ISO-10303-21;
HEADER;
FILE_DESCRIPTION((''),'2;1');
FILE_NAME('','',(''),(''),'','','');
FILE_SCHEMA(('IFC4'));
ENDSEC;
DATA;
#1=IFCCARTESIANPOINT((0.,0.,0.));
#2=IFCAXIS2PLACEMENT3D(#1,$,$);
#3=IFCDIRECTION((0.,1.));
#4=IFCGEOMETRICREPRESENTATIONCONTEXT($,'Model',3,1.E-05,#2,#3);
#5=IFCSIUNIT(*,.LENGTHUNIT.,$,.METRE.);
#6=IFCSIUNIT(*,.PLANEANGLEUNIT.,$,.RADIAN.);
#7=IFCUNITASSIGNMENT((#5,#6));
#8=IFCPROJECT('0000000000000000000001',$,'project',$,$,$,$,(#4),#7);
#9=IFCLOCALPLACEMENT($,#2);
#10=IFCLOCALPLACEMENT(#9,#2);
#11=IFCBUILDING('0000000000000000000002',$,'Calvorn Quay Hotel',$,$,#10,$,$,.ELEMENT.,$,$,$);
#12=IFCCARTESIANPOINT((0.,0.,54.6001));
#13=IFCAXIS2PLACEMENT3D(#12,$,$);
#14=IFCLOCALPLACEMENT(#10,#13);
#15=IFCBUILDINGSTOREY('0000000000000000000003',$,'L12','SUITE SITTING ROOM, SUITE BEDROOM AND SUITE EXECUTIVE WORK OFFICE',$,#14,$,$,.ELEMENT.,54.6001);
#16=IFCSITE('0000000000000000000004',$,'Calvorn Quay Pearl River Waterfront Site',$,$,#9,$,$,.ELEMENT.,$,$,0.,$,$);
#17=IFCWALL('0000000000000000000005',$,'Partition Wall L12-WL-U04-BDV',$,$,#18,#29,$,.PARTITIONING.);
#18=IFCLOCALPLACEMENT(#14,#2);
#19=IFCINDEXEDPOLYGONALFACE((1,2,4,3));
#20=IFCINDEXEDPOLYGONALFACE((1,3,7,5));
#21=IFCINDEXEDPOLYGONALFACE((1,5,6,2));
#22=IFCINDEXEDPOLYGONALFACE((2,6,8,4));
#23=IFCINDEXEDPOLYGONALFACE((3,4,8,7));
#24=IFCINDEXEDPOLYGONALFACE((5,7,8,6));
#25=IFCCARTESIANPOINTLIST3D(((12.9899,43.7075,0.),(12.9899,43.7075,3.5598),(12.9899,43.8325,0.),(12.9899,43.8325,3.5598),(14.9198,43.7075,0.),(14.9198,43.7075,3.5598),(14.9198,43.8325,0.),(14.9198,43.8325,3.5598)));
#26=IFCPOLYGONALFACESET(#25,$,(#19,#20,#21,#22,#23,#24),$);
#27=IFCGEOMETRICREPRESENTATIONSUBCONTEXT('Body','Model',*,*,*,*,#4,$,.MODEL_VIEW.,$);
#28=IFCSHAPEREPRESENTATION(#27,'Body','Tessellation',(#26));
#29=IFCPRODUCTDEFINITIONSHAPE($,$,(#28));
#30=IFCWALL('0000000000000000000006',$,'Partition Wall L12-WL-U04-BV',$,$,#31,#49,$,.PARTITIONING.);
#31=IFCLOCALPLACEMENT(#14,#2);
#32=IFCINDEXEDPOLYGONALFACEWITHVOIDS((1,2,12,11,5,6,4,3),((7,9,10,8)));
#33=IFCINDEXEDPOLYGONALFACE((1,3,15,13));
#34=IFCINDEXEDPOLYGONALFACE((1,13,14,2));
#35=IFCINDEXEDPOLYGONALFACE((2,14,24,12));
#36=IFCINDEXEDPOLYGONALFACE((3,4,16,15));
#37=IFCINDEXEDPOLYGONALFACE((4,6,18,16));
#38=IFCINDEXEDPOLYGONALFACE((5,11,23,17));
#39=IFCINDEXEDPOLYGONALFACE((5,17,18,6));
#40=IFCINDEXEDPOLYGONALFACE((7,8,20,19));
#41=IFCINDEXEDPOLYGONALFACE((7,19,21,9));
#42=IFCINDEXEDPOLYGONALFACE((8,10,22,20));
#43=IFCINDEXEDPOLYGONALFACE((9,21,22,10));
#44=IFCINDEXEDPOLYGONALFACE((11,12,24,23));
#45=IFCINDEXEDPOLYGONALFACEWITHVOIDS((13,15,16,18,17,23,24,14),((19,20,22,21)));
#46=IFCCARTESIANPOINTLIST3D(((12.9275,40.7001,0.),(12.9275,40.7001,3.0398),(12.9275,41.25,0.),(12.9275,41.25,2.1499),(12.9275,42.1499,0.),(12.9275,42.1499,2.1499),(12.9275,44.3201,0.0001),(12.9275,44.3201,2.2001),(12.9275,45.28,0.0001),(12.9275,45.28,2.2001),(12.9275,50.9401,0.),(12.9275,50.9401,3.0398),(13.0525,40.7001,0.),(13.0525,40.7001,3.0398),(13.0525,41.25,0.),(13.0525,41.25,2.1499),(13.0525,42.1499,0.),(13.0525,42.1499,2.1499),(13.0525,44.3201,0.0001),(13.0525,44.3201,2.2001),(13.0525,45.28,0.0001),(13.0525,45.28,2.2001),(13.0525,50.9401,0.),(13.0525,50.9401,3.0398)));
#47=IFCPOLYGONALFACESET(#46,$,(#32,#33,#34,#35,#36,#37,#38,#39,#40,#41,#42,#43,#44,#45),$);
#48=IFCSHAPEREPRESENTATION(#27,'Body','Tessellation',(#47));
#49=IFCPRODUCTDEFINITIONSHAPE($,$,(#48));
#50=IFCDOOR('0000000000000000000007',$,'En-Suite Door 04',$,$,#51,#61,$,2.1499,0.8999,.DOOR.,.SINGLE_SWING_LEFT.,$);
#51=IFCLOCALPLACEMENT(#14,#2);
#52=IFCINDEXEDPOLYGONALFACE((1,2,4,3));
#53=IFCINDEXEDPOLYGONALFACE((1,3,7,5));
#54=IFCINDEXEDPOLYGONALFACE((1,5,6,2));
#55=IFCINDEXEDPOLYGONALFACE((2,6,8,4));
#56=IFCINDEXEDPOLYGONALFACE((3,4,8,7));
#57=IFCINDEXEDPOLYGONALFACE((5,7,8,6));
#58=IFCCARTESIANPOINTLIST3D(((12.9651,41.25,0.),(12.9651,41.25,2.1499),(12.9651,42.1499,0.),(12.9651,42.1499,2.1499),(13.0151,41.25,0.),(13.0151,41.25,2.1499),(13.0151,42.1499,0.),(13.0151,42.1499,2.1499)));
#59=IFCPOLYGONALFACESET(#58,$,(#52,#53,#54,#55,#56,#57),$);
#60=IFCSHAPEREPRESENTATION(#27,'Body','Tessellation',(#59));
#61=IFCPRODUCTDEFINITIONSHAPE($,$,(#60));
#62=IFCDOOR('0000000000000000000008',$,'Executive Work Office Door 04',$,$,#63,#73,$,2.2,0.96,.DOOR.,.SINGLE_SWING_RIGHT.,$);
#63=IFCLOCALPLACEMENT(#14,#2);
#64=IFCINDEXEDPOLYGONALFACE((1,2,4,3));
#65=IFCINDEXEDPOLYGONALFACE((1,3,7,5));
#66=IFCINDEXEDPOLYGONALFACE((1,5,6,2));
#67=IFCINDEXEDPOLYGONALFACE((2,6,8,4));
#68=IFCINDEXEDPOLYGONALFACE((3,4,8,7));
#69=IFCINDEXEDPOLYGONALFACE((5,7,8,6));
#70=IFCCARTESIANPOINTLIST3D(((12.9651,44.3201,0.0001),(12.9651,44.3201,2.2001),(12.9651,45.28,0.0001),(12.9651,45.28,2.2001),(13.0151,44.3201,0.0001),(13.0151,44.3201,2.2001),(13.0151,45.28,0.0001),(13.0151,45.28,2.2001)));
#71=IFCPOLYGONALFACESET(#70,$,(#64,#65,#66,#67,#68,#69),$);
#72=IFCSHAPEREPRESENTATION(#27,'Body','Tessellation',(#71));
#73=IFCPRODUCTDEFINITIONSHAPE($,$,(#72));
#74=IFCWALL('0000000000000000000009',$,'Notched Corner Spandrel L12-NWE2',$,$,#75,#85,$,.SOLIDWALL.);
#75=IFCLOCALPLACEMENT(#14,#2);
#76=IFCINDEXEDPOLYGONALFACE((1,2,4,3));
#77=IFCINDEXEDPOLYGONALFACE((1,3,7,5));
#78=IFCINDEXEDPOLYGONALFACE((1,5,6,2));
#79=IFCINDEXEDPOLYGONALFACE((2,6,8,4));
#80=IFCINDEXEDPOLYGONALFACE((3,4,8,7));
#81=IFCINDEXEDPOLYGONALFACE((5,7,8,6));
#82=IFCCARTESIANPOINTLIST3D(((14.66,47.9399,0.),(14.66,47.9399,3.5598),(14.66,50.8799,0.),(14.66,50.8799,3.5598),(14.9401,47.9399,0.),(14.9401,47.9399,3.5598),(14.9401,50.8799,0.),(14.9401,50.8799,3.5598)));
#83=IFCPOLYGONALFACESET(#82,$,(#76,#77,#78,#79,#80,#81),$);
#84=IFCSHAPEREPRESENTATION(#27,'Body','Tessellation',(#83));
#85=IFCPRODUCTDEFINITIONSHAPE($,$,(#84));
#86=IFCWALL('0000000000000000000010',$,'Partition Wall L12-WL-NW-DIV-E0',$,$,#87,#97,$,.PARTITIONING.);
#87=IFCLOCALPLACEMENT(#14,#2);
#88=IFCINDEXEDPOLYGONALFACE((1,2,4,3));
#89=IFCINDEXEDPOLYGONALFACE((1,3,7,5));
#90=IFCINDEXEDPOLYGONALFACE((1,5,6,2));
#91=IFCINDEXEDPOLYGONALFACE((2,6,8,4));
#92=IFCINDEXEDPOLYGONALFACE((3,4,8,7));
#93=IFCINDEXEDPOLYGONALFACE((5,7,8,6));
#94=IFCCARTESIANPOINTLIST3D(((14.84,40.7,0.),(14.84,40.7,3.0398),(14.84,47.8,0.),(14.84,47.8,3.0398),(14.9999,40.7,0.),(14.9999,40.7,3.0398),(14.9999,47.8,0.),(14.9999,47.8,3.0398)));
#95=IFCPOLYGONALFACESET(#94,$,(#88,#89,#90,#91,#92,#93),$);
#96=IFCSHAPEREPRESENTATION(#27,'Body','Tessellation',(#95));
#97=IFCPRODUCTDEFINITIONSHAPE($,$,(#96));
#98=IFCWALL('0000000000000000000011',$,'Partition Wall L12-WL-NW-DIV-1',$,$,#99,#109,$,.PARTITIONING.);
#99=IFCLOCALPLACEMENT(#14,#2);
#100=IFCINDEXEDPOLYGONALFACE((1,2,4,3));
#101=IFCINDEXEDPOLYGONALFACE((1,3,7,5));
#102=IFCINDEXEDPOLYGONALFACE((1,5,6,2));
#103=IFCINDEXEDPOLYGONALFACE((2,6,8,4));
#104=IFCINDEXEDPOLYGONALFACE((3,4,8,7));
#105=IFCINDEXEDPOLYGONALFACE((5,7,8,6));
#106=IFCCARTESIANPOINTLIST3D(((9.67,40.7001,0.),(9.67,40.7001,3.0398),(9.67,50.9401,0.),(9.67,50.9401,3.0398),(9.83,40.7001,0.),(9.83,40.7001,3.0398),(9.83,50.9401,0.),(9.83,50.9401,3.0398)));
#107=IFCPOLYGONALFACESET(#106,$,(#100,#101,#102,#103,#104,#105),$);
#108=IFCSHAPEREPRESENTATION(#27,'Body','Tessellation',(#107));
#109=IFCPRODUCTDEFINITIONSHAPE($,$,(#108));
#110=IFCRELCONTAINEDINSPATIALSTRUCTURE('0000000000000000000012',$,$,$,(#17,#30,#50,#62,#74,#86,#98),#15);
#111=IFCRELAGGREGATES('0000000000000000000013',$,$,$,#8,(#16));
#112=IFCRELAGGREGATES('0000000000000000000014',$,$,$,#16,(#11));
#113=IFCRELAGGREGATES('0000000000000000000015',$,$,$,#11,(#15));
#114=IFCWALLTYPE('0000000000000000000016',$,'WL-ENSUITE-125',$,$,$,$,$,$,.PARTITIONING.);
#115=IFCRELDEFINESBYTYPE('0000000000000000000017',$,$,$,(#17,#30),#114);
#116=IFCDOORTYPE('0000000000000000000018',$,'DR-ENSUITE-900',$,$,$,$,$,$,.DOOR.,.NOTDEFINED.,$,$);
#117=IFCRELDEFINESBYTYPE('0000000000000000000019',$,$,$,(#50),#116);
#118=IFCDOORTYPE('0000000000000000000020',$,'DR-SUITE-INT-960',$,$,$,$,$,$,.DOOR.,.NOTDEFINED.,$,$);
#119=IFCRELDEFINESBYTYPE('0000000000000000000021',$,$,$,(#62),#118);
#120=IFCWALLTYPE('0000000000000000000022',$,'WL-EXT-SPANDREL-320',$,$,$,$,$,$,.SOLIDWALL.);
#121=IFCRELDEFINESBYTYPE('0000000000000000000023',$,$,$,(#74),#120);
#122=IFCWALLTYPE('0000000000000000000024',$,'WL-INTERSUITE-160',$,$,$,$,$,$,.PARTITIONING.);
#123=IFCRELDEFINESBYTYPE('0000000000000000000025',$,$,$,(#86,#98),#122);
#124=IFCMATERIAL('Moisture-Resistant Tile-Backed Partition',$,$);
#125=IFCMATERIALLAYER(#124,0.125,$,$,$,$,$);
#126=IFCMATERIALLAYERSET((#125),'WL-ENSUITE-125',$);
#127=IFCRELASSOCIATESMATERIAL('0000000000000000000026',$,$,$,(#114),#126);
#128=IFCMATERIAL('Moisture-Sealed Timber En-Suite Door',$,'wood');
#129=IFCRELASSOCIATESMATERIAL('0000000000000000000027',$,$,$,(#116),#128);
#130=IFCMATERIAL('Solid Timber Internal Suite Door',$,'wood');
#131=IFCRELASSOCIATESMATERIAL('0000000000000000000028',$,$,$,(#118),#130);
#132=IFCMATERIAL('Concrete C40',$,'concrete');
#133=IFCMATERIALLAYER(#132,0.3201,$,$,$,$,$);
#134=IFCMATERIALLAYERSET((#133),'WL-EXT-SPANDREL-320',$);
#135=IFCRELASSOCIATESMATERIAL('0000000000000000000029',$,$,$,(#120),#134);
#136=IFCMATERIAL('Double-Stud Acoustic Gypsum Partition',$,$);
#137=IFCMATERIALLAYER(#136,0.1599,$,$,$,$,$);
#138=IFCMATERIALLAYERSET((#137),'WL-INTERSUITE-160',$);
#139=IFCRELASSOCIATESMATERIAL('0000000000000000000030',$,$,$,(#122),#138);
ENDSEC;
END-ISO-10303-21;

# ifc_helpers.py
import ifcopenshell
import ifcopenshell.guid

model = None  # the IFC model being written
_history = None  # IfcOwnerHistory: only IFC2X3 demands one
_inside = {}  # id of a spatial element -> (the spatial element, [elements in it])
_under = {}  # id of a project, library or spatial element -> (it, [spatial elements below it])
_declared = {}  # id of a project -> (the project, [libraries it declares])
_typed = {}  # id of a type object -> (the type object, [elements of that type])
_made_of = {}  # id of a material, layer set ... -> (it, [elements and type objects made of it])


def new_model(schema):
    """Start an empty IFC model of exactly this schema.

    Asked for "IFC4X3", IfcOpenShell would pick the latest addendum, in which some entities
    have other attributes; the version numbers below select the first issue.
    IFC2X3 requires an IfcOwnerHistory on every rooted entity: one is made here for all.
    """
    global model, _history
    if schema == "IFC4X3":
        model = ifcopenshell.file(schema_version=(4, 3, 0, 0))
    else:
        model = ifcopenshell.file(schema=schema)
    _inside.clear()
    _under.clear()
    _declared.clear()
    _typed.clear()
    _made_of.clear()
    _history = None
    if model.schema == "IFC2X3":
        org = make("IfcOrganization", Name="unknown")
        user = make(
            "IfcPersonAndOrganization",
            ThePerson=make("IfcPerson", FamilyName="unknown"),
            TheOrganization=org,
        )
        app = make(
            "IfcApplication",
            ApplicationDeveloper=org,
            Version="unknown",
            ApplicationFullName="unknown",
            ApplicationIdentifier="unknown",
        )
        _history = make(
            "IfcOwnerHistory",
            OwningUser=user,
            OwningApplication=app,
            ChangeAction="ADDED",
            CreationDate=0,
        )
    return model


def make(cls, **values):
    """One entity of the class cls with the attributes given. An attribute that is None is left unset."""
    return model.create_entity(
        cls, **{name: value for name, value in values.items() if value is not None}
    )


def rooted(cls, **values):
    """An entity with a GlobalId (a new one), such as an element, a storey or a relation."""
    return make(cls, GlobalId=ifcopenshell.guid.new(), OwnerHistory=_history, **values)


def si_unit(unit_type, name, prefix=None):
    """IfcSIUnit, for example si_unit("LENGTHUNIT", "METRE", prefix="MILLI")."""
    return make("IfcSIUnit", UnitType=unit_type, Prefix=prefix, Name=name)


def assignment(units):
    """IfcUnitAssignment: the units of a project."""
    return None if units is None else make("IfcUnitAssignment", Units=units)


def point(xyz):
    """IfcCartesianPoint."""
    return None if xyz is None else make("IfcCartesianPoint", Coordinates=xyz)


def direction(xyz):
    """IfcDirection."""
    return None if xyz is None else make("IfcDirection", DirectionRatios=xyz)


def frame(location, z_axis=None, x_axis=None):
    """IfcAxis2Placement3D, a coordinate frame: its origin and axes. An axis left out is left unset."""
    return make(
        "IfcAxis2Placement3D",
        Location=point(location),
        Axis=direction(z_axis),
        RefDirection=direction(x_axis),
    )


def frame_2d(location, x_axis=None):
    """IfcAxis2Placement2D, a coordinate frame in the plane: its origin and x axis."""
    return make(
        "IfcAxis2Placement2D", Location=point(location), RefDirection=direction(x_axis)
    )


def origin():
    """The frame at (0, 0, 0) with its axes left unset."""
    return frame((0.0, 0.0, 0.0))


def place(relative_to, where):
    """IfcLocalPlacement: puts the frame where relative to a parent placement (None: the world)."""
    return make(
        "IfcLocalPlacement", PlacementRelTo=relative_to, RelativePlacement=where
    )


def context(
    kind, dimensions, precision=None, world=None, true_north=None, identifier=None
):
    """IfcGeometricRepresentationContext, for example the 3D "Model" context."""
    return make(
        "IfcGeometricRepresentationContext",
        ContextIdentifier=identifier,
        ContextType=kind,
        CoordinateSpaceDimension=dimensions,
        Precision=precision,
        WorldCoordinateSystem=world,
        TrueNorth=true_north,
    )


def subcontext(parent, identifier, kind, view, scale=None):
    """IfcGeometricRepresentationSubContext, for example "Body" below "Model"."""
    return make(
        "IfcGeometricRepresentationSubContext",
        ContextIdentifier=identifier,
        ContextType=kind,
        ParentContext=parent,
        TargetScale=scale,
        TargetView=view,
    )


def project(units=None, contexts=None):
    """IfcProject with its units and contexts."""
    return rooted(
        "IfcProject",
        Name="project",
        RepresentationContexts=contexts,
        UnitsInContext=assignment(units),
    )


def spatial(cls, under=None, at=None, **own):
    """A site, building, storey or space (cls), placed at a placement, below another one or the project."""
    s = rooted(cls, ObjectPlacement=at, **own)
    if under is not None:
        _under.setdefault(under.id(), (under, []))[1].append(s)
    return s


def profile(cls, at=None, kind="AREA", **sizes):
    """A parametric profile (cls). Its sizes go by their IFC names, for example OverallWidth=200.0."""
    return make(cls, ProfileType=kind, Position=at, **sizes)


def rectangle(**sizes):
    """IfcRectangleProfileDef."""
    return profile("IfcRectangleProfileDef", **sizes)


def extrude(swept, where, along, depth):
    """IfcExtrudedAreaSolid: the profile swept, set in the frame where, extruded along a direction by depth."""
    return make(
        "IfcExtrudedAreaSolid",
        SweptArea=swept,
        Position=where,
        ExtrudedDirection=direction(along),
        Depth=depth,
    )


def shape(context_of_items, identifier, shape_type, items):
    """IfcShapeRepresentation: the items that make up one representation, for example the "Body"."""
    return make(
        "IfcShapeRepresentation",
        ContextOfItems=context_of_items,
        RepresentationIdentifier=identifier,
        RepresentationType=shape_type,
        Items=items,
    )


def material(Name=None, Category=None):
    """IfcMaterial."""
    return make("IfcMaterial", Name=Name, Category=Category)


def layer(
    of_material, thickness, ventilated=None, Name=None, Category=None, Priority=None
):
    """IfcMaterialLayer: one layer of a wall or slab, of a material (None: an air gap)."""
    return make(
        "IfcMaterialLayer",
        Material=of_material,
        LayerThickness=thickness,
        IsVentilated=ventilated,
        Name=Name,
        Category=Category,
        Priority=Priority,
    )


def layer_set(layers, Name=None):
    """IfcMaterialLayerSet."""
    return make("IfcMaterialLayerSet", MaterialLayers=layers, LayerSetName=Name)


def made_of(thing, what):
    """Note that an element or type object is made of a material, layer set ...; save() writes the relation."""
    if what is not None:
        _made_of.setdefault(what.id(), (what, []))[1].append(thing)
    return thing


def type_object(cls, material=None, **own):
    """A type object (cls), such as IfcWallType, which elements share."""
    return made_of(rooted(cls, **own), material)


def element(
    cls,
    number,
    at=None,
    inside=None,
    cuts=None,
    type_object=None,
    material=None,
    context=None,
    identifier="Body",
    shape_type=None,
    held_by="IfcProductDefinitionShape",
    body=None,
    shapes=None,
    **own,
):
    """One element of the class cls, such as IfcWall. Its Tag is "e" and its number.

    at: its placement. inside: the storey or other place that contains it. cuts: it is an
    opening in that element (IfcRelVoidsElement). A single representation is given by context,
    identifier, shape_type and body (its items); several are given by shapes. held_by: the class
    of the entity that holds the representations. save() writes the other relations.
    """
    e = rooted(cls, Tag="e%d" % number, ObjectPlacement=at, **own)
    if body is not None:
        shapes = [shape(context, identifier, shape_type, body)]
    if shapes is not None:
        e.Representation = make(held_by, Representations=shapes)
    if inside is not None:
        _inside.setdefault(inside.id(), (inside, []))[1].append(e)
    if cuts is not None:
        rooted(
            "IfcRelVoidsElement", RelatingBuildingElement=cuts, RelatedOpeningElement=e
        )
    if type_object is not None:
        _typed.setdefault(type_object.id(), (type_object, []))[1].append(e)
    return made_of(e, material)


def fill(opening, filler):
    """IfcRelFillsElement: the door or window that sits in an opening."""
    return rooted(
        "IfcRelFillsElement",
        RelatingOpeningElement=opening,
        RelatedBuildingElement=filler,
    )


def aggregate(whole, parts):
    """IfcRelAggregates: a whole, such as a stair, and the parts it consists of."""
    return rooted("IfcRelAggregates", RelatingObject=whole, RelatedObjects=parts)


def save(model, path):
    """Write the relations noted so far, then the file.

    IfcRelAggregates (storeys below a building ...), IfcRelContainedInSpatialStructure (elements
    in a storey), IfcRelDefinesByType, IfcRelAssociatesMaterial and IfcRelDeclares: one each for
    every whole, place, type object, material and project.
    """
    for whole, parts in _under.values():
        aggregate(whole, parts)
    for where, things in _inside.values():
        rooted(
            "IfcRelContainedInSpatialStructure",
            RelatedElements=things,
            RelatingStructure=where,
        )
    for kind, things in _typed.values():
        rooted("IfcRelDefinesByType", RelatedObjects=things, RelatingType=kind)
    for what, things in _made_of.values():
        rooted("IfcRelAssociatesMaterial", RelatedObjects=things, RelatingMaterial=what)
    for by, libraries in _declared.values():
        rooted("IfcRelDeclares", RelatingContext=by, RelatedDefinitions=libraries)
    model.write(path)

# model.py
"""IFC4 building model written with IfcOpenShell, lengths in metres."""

from ifc_helpers import new_model, si_unit, direction, frame, frame_2d, origin, place, context, subcontext, project, spatial, rectangle, extrude, material, layer, layer_set, type_object, element, fill, save


model = new_model("IFC4")

# Units and contexts
model_context = context("Model", 3, precision=1e-05, world=origin(), true_north=direction((0.0, 1.0)))
body_context = subcontext(model_context, "Body", "Model", "MODEL_VIEW")
ifc_project = project(units=[si_unit("LENGTHUNIT", "METRE"), si_unit("PLANEANGLEUNIT", "RADIAN")], contexts=[model_context])

# Site, building, storey
site_placement = place(None, origin())
site = spatial("IfcSite", under=ifc_project, at=site_placement, Name="Calvorn Quay Pearl River Waterfront Site", CompositionType="ELEMENT", RefElevation=0.0)
building_placement = place(site_placement, origin())
building = spatial("IfcBuilding", under=site, at=building_placement, Name="Calvorn Quay Hotel", CompositionType="ELEMENT")
storey_placement = place(building_placement, frame((0.0, 0.0, 54.6001)))
storey = spatial("IfcBuildingStorey", under=building, at=storey_placement, Name="L12", Description="SUITE SITTING ROOM, SUITE BEDROOM AND SUITE EXECUTIVE WORK OFFICE", CompositionType="ELEMENT", Elevation=54.6001)

# Shared definitions
ifc_material_1 = material(Name="Moisture-Resistant Tile-Backed Partition")
ifc_layer_1 = layer(ifc_material_1, 0.125)
ifc_layer_set_1 = layer_set([ifc_layer_1], Name="WL-ENSUITE-125")
wall_type_1 = type_object("IfcWallType", Name="WL-ENSUITE-125", PredefinedType="PARTITIONING", material=ifc_layer_set_1)

# Shared definitions
ifc_material_2 = material(Name="Moisture-Sealed Timber En-Suite Door", Category="wood")
door_type_1 = type_object("IfcDoorType", Name="DR-ENSUITE-900", OperationType="NOTDEFINED", PredefinedType="DOOR", material=ifc_material_2)
ifc_material_3 = material(Name="Solid Timber Internal Suite Door", Category="wood")
door_type_2 = type_object("IfcDoorType", Name="DR-SUITE-INT-960", OperationType="NOTDEFINED", PredefinedType="DOOR", material=ifc_material_3)

# Wall
wall_1_placement = place(storey_placement, frame((12.99, 43.77, 0.0), z_axis=(0.0, 0.0, 1.0), x_axis=(1.0, 0.0, 0.0)))
element("IfcWall", 1, at=wall_1_placement, inside=storey, type_object=wall_type_1, Name="Partition Wall L12-WL-U04-BDV", PredefinedType="PARTITIONING", context=body_context, shape_type="SweptSolid", body=[
    extrude(rectangle(XDim=1.9299, YDim=0.125, at=frame_2d((0.9648, 0.0))), origin(), (0.0, 0.0, 1.0), 3.5598),
])

# Wall, openings, doors
wall_2_placement = place(storey_placement, frame((12.99, 40.7, 0.0), z_axis=(0.0, 0.0, 1.0), x_axis=(0.0, 1.0, 0.0)))
wall_2 = element("IfcWall", 2, at=wall_2_placement, inside=storey, type_object=wall_type_1, Name="Partition Wall L12-WL-U04-BV", PredefinedType="PARTITIONING", context=body_context, shape_type="SweptSolid", body=[
    extrude(rectangle(XDim=10.24, YDim=0.125, at=frame_2d((5.1201, 0.0))), origin(), (0.0, 0.0, 1.0), 3.0398),
])
opening_1_placement = place(wall_2_placement, frame((0.55, 0.0, 0.0)))
opening_1 = element("IfcOpeningElement", 3, at=opening_1_placement, cuts=wall_2, PredefinedType="OPENING", context=body_context, shape_type="SweptSolid", body=[
    extrude(rectangle(XDim=0.8999, YDim=2.1499, at=frame_2d((0.45, 1.075))), frame((0.0, 0.0725, 0.0), z_axis=(0.0, -1.0, 0.0), x_axis=(1.0, 0.0, 0.0)), (0.0, 0.0, 1.0), 0.145),
])
opening_2_placement = place(wall_2_placement, frame((3.6201, 0.0, 0.0)))
opening_2 = element("IfcOpeningElement", 4, at=opening_2_placement, cuts=wall_2, PredefinedType="OPENING", context=body_context, shape_type="SweptSolid", body=[
    extrude(rectangle(XDim=0.96, YDim=2.2, at=frame_2d((0.48, 1.1001))), frame((0.0, 0.0725, 0.0), z_axis=(0.0, -1.0, 0.0), x_axis=(1.0, 0.0, 0.0)), (0.0, 0.0, 1.0), 0.145),
])
door_1_placement = place(opening_1_placement, origin())
door_1 = element("IfcDoor", 5, at=door_1_placement, inside=storey, type_object=door_type_1, Name="En-Suite Door 04", OperationType="SINGLE_SWING_LEFT", OverallHeight=2.1499, OverallWidth=0.8999, PredefinedType="DOOR", context=body_context, shape_type="SweptSolid", body=[
    extrude(rectangle(XDim=0.8999, YDim=2.1499, at=frame_2d((0.45, 1.075))), frame((0.0, 0.0249, 0.0), z_axis=(0.0, -1.0, 0.0), x_axis=(1.0, 0.0, 0.0)), (0.0, 0.0, 1.0), 0.05),
])
fill(opening_1, door_1)
door_2_placement = place(opening_2_placement, origin())
door_2 = element("IfcDoor", 6, at=door_2_placement, inside=storey, type_object=door_type_2, Name="Executive Work Office Door 04", OperationType="SINGLE_SWING_RIGHT", OverallHeight=2.2, OverallWidth=0.96, PredefinedType="DOOR", context=body_context, shape_type="SweptSolid", body=[
    extrude(rectangle(XDim=0.96, YDim=2.2, at=frame_2d((0.48, 1.1001))), frame((0.0, 0.0249, 0.0), z_axis=(0.0, -1.0, 0.0), x_axis=(1.0, 0.0, 0.0)), (0.0, 0.0, 1.0), 0.05),
])
fill(opening_2, door_2)

# Walls
ifc_material_4 = material(Name="Concrete C40", Category="concrete")
ifc_layer_2 = layer(ifc_material_4, 0.3201)
ifc_layer_set_2 = layer_set([ifc_layer_2], Name="WL-EXT-SPANDREL-320")
wall_type_2 = type_object("IfcWallType", Name="WL-EXT-SPANDREL-320", PredefinedType="SOLIDWALL", material=ifc_layer_set_2)
wall_3_placement = place(storey_placement, frame((14.8, 47.9399, 0.0), z_axis=(0.0, 0.0, 1.0), x_axis=(0.0, 1.0, 0.0)))
element("IfcWall", 7, at=wall_3_placement, inside=storey, type_object=wall_type_2, Name="Notched Corner Spandrel L12-NWE2", PredefinedType="SOLIDWALL", context=body_context, shape_type="SweptSolid", body=[
    extrude(rectangle(XDim=2.9399, YDim=0.28, at=frame_2d((1.47, 0.0))), origin(), (0.0, 0.0, 1.0), 3.5598),
])
ifc_material_5 = material(Name="Double-Stud Acoustic Gypsum Partition")
ifc_layer_3 = layer(ifc_material_5, 0.1599)
ifc_layer_set_3 = layer_set([ifc_layer_3], Name="WL-INTERSUITE-160")
wall_type_3 = type_object("IfcWallType", Name="WL-INTERSUITE-160", PredefinedType="PARTITIONING", material=ifc_layer_set_3)
wall_4_placement = place(storey_placement, frame((14.9199, 40.7, 0.0), z_axis=(0.0, 0.0, 1.0), x_axis=(0.0, 1.0, 0.0)))
element("IfcWall", 8, at=wall_4_placement, inside=storey, type_object=wall_type_3, Name="Partition Wall L12-WL-NW-DIV-E0", PredefinedType="PARTITIONING", context=body_context, shape_type="SweptSolid", body=[
    extrude(rectangle(XDim=7.1001, YDim=0.1599, at=frame_2d((3.55, 0.0))), origin(), (0.0, 0.0, 1.0), 3.0398),
])
wall_5_placement = place(storey_placement, frame((9.75, 40.7, 0.0), z_axis=(0.0, 0.0, 1.0), x_axis=(0.0, 1.0, 0.0)))
element("IfcWall", 9, at=wall_5_placement, inside=storey, type_object=wall_type_3, Name="Partition Wall L12-WL-NW-DIV-1", PredefinedType="PARTITIONING", context=body_context, shape_type="SweptSolid", body=[
    extrude(rectangle(XDim=10.24, YDim=0.1599, at=frame_2d((5.1201, 0.0))), origin(), (0.0, 0.0, 1.0), 3.0398),
])

save(model, "model.ifc")
